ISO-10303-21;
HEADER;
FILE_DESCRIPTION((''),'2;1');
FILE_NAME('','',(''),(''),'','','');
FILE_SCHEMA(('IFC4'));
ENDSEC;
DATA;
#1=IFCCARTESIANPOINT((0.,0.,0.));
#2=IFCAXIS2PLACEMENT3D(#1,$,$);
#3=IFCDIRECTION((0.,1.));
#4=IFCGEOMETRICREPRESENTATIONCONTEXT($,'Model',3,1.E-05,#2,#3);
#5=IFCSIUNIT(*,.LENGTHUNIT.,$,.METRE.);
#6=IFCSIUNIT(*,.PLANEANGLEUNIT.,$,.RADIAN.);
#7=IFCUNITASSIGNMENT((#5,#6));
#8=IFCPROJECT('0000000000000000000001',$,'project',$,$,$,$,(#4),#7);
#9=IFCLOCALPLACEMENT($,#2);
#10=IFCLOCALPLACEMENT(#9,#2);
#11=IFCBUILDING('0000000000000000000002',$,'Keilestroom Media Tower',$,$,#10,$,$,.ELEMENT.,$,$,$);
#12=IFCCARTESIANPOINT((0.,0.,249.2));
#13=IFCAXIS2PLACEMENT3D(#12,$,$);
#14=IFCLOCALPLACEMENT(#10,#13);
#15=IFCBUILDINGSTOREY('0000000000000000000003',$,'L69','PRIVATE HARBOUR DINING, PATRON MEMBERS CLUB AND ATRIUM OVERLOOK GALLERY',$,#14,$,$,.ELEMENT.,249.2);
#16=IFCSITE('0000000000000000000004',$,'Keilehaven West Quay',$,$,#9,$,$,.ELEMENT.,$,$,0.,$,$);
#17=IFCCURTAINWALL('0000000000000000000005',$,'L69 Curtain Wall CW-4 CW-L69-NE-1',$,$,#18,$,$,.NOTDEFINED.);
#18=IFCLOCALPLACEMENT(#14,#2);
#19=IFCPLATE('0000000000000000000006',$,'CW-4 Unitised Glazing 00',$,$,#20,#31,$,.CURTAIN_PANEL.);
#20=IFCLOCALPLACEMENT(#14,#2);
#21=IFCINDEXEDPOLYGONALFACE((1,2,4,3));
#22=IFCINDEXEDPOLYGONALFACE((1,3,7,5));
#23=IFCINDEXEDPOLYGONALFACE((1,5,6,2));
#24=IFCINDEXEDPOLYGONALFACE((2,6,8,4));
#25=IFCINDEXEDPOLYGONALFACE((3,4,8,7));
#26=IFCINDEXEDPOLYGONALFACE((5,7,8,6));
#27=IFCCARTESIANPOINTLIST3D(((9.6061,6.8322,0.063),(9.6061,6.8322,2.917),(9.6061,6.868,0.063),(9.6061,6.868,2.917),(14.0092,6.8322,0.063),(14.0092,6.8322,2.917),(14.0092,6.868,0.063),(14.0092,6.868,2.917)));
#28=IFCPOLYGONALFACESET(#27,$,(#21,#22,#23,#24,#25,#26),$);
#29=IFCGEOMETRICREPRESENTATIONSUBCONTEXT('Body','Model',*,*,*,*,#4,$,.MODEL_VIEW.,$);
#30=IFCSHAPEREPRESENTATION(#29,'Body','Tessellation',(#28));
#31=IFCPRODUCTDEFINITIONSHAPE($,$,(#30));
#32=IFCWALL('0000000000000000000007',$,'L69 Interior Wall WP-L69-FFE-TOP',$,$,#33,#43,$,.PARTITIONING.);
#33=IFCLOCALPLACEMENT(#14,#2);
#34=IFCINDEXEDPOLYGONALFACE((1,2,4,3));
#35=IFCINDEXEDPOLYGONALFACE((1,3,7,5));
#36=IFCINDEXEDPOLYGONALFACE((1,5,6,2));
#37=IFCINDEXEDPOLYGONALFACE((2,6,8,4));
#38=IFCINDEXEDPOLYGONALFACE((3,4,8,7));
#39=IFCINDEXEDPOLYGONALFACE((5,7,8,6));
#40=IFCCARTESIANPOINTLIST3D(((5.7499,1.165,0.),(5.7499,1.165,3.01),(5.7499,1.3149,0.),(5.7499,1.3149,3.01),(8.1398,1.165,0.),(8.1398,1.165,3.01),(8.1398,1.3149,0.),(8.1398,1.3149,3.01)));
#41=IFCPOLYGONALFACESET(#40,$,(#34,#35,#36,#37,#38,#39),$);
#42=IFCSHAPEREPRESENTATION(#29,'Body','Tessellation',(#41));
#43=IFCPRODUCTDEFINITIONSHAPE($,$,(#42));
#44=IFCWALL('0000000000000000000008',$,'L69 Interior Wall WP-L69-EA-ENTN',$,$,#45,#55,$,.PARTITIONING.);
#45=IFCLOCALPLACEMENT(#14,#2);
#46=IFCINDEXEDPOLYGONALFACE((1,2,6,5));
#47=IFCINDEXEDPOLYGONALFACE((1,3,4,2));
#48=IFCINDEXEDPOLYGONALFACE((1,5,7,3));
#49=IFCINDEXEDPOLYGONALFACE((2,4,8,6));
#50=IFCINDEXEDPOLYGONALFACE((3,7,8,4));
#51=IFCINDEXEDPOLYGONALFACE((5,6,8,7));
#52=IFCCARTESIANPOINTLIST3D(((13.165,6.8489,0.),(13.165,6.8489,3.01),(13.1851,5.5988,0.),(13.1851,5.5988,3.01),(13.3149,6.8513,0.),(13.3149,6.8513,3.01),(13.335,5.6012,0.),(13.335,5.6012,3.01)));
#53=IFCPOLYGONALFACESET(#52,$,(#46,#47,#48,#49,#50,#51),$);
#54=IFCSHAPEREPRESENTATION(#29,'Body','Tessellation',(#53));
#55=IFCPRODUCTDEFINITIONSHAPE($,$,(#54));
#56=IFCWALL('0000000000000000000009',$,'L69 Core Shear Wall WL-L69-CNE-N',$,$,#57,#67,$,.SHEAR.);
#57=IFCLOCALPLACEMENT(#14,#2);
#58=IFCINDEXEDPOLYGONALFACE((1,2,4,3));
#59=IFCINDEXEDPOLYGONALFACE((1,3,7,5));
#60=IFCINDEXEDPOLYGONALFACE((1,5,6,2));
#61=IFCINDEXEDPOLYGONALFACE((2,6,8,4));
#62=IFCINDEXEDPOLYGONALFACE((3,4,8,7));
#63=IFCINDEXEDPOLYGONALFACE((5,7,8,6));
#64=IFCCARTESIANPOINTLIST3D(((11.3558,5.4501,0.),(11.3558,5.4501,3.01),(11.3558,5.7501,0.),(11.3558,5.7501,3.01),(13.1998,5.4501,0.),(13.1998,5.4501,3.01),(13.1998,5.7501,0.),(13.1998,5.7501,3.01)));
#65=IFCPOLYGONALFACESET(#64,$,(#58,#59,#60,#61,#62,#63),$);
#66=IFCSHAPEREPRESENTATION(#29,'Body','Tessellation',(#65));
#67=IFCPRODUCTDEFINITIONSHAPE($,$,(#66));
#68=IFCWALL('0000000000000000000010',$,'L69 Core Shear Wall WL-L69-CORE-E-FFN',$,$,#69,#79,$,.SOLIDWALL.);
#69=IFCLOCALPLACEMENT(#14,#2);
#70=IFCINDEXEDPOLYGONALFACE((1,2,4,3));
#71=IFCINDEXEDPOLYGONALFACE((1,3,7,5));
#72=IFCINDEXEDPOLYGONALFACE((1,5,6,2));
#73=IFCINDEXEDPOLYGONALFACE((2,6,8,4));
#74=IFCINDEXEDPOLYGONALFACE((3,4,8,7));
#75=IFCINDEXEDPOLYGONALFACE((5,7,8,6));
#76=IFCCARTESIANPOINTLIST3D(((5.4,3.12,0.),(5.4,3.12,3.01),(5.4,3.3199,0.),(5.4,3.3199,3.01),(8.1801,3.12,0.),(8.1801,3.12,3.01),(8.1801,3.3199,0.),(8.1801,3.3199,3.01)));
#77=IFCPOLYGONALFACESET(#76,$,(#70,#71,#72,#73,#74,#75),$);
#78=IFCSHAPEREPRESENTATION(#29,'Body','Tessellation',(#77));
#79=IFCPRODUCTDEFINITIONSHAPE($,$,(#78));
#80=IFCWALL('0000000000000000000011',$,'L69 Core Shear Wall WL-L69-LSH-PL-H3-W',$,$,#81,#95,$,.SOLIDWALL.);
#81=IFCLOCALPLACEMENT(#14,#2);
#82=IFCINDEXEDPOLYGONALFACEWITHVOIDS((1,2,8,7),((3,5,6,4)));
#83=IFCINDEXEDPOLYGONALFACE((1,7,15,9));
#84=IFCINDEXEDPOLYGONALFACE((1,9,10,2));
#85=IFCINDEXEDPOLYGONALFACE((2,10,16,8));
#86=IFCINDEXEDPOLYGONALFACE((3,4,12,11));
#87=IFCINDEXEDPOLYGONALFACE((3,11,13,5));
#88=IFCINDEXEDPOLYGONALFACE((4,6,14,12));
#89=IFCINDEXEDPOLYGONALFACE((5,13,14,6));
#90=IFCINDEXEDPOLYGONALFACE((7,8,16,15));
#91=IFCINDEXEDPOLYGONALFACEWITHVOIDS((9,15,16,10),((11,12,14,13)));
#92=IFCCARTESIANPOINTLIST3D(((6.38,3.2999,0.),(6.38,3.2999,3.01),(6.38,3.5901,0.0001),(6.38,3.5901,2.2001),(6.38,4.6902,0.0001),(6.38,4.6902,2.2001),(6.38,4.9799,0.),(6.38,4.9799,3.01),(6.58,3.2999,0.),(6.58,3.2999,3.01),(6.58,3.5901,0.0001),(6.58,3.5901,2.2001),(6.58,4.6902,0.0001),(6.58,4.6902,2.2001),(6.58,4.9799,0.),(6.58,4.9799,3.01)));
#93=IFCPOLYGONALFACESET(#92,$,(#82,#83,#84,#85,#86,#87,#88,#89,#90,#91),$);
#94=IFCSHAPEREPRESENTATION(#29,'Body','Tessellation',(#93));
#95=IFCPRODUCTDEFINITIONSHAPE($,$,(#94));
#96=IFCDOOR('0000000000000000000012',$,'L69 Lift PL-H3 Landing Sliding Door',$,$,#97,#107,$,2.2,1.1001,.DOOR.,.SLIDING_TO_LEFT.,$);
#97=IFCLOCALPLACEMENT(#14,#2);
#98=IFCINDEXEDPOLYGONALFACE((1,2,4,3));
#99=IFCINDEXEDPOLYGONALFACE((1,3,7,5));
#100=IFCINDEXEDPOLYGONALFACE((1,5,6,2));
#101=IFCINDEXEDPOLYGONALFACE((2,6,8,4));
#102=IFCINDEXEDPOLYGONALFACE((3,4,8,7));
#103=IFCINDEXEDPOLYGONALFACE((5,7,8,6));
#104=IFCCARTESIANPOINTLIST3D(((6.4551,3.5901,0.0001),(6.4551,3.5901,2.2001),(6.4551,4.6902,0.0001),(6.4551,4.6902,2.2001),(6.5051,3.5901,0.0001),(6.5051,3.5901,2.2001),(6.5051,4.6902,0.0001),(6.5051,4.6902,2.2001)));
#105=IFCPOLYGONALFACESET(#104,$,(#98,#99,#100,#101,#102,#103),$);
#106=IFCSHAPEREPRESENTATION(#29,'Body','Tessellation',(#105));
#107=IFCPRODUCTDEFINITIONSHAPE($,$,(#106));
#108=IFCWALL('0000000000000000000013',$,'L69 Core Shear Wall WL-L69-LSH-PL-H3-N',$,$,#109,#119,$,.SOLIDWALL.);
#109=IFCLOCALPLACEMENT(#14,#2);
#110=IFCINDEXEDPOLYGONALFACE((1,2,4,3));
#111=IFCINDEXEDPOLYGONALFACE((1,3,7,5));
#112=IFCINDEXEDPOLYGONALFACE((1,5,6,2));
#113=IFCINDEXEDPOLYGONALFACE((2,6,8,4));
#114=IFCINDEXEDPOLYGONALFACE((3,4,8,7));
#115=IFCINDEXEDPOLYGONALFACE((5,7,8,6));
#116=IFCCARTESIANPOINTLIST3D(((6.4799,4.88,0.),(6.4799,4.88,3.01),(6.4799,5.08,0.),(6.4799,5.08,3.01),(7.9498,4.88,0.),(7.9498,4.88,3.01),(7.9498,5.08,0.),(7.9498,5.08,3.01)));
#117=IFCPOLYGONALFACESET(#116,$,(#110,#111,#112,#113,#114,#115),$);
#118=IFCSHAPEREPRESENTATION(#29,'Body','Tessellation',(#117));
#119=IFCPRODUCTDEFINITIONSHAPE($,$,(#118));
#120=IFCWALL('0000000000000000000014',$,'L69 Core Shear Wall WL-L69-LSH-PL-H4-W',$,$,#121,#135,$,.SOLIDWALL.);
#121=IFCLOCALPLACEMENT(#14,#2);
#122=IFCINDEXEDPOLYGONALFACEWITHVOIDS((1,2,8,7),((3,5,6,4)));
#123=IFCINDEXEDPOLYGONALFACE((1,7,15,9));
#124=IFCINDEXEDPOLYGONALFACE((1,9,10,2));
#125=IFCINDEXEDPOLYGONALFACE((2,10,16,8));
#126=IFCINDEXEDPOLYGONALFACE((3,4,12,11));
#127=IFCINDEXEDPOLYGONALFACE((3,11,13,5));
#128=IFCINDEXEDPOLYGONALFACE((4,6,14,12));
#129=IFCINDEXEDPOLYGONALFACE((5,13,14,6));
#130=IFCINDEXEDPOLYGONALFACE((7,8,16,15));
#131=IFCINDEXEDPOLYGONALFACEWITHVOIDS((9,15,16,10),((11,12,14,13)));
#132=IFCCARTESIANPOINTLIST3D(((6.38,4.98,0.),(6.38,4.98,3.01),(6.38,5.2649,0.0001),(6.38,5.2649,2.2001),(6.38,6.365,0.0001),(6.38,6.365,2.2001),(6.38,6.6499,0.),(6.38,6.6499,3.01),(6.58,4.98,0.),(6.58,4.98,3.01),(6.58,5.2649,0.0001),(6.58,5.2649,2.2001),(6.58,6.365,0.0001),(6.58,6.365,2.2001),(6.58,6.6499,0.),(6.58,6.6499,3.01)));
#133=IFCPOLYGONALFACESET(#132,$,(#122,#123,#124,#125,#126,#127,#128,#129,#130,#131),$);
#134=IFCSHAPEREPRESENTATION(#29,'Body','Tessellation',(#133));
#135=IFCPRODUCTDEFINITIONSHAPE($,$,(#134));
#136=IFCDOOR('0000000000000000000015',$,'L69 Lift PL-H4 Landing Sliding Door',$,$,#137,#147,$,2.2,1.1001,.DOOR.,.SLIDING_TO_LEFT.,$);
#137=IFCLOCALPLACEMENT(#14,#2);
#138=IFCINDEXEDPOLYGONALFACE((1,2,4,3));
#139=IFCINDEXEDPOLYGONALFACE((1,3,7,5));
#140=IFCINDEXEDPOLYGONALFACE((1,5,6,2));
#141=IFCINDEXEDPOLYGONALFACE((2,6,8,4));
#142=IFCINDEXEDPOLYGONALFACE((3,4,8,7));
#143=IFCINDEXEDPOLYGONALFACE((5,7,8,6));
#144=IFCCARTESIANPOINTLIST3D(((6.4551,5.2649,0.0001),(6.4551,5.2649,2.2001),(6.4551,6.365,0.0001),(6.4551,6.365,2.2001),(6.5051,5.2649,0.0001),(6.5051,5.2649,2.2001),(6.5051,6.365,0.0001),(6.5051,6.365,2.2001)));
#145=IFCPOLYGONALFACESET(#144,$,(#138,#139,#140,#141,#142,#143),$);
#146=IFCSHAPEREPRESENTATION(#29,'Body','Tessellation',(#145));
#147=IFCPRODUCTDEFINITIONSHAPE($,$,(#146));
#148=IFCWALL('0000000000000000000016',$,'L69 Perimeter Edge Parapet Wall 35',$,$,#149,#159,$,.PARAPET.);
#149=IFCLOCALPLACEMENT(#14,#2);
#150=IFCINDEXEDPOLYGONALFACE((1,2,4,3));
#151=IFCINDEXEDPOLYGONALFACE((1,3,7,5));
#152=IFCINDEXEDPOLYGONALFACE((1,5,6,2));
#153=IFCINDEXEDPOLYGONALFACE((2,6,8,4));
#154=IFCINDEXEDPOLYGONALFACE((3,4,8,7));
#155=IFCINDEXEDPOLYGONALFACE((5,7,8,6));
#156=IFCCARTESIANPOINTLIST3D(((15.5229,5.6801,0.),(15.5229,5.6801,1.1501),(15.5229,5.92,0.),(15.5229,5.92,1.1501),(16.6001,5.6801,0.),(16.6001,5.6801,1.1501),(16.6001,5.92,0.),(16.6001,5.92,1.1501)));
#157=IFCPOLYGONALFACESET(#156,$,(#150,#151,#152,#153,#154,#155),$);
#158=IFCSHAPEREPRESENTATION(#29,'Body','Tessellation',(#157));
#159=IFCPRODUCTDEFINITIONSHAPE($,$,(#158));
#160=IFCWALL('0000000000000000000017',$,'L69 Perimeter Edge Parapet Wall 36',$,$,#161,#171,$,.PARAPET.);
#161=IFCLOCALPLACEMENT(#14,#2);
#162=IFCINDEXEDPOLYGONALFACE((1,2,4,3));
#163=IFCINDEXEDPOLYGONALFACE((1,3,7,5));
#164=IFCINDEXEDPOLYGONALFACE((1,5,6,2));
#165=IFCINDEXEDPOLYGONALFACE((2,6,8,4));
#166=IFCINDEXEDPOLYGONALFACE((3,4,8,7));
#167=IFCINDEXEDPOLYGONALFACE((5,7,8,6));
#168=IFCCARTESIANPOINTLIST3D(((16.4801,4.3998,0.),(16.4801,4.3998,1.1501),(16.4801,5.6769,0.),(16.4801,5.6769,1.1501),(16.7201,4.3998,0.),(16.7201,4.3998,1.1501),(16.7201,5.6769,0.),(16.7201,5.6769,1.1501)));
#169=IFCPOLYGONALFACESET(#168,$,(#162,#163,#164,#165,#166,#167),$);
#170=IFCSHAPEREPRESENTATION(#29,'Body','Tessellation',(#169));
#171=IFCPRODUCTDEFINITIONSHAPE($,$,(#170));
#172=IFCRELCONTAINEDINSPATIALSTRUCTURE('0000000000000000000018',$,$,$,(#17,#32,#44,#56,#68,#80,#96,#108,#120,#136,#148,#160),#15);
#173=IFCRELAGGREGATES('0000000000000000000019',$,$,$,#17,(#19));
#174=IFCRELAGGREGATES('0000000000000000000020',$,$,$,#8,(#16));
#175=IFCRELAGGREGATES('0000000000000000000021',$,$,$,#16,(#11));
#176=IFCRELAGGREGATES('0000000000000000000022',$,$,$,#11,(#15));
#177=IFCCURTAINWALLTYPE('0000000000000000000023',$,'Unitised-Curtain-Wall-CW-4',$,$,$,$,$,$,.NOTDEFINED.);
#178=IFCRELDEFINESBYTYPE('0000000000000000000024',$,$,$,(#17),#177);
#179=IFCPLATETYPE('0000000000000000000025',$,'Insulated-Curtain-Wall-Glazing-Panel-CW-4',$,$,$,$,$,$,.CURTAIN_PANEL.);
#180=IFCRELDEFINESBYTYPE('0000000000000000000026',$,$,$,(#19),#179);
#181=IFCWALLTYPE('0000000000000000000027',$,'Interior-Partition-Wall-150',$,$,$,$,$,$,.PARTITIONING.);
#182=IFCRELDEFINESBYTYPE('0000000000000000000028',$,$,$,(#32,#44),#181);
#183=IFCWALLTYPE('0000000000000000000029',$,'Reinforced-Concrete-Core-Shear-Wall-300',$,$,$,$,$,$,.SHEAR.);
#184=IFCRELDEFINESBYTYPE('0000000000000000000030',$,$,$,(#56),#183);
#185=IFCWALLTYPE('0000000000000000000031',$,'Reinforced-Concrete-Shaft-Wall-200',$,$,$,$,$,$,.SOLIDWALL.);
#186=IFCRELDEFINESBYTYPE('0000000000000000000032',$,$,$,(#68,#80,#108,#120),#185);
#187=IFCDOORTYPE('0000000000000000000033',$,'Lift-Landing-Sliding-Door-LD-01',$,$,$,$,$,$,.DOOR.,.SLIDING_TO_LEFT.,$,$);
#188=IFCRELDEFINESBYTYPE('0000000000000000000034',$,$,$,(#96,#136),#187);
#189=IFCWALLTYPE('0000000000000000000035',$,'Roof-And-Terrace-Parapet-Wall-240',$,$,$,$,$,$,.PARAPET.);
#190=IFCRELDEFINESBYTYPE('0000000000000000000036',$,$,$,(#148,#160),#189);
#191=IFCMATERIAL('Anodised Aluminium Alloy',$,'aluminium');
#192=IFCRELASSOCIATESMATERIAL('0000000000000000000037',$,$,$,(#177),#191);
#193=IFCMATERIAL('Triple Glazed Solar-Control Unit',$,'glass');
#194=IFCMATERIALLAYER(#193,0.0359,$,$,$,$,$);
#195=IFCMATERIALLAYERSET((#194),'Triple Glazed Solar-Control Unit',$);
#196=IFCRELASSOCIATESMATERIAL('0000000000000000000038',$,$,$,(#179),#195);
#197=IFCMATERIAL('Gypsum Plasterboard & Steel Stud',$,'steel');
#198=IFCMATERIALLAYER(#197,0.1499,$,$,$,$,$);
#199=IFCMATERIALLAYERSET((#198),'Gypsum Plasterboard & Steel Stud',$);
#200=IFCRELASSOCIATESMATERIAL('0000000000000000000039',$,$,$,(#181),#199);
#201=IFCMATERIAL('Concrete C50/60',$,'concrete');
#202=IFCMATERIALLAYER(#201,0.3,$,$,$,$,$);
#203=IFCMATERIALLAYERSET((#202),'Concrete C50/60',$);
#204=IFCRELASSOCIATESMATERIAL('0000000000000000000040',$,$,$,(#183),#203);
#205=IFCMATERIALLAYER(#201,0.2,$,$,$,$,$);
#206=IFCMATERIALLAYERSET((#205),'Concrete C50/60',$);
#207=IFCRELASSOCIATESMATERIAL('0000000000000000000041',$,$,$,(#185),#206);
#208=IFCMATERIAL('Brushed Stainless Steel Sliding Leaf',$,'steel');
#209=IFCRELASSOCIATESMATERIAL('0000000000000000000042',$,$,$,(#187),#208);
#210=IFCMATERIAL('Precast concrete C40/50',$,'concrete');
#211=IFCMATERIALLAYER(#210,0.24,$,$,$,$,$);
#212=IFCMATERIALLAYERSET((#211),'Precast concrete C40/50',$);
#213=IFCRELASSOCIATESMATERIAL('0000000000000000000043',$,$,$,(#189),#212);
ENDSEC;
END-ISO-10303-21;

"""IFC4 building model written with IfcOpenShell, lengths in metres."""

from ifc_helpers import new_model, si_unit, direction, frame, frame_2d, origin, origin_2d, place, context, subcontext, project, spatial, rectangle, extrude, source, transform, mapped, material, layer, layer_set, type_object, element, fill, aggregate, save


model = new_model("IFC4")

# Units and contexts
model_context = context("Model", 3, precision=1e-05, world=origin(), true_north=direction((0.0, 1.0)))
body_context = subcontext(model_context, "Body", "Model", "MODEL_VIEW")
ifc_project = project(units=[si_unit("LENGTHUNIT", "METRE"), si_unit("PLANEANGLEUNIT", "RADIAN")], contexts=[model_context])

# Site, building, storey
site_placement = place(None, origin())
site = spatial("IfcSite", under=ifc_project, at=site_placement, Name="Keilehaven West Quay", CompositionType="ELEMENT", RefElevation=0.0)
building_placement = place(site_placement, origin())
building = spatial("IfcBuilding", under=site, at=building_placement, Name="Keilestroom Media Tower", CompositionType="ELEMENT")
storey_placement = place(building_placement, frame((0.0, 0.0, 249.2)))
storey = spatial("IfcBuildingStorey", under=building, at=storey_placement, Name="L69", Description="PRIVATE HARBOUR DINING, PATRON MEMBERS CLUB AND ATRIUM OVERLOOK GALLERY", CompositionType="ELEMENT", Elevation=249.2)

# Shared definitions
ifc_material_1 = material(Name="Precast concrete C40/50", Category="concrete")

# Shared definitions
ifc_material_2 = material(Name="Anodised Aluminium Alloy", Category="aluminium")
curtain_wall_type = type_object("IfcCurtainWallType", Name="Unitised-Curtain-Wall-CW-4", PredefinedType="NOTDEFINED", material=ifc_material_2)

# Curtain wall
curtain_wall_1_placement = place(storey_placement, origin())
curtain_wall_1 = element("IfcCurtainWall", 1, at=curtain_wall_1_placement, inside=storey, type_object=curtain_wall_type, Name="L69 Curtain Wall CW-4 CW-L69-NE-1", PredefinedType="NOTDEFINED")

# Plate
ifc_material_3 = material(Name="Triple Glazed Solar-Control Unit", Category="glass")
ifc_layer_1 = layer(ifc_material_3, 0.0359)
ifc_layer_set_1 = layer_set([ifc_layer_1], Name="Triple Glazed Solar-Control Unit")
plate_type = type_object("IfcPlateType", Name="Insulated-Curtain-Wall-Glazing-Panel-CW-4", PredefinedType="CURTAIN_PANEL", material=ifc_layer_set_1)
shared_shape_1 = source(origin(), body_context, "Body", "SweptSolid", [
    extrude(rectangle(XDim=4.4031, YDim=0.0359, at=origin_2d()), origin(), (0.0, 0.0, 1.0), 2.854),
])
plate_1_placement = place(storey_placement, frame((11.8076, 6.8501, 0.063), z_axis=(0.0, 0.0, 1.0), x_axis=(1.0, 0.0, 0.0)))
plate_1 = element("IfcPlate", 2, at=plate_1_placement, type_object=plate_type, Name="CW-4 Unitised Glazing 00", PredefinedType="CURTAIN_PANEL", context=body_context, shape_type="MappedRepresentation", body=[
    mapped(shared_shape_1, transform((0.0, 0.0, 0.0), x_axis=(1.0, 0.0, 0.0), y_axis=(0.0, 1.0, 0.0), z_axis=(0.0, 0.0, 1.0), scale=1.0)),
])
aggregate(curtain_wall_1, [plate_1])

# Walls
ifc_material_4 = material(Name="Gypsum Plasterboard & Steel Stud", Category="steel")
ifc_layer_2 = layer(ifc_material_4, 0.1499)
ifc_layer_set_2 = layer_set([ifc_layer_2], Name="Gypsum Plasterboard & Steel Stud")
wall_type_1 = type_object("IfcWallType", Name="Interior-Partition-Wall-150", PredefinedType="PARTITIONING", material=ifc_layer_set_2)
wall_1_placement = place(storey_placement, frame((5.75, 1.24, 0.0), z_axis=(0.0, 0.0, 1.0), x_axis=(1.0, 0.0, 0.0)))
element("IfcWall", 3, at=wall_1_placement, inside=storey, type_object=wall_type_1, Name="L69 Interior Wall WP-L69-FFE-TOP", PredefinedType="PARTITIONING", context=body_context, shape_type="SweptSolid", body=[
    extrude(rectangle(XDim=2.3899, YDim=0.1499, at=frame_2d((1.1948, 0.0))), origin(), (0.0, 0.0, 1.0), 3.01),
])
wall_2_placement = place(storey_placement, frame((13.26, 5.6001, 0.0), z_axis=(0.0, 0.0, 1.0), x_axis=(-0.016014, 0.999872, 0.0)))
element("IfcWall", 4, at=wall_2_placement, inside=storey, type_object=wall_type_1, Name="L69 Interior Wall WP-L69-EA-ENTN", PredefinedType="PARTITIONING", context=body_context, shape_type="SweptSolid", body=[
    extrude(rectangle(XDim=1.2502, YDim=0.1499, at=frame_2d((0.625, 0.0))), origin(), (0.0, 0.0, 1.0), 3.01),
])
ifc_material_5 = material(Name="Concrete C50/60", Category="concrete")
ifc_layer_3 = layer(ifc_material_5, 0.3)
ifc_layer_set_3 = layer_set([ifc_layer_3], Name="Concrete C50/60")
wall_type_2 = type_object("IfcWallType", Name="Reinforced-Concrete-Core-Shear-Wall-300", PredefinedType="SHEAR", material=ifc_layer_set_3)
wall_3_placement = place(storey_placement, frame((11.356, 5.6001, 0.0), z_axis=(0.0, 0.0, 1.0), x_axis=(1.0, 0.0, 0.0)))
element("IfcWall", 5, at=wall_3_placement, inside=storey, type_object=wall_type_2, Name="L69 Core Shear Wall WL-L69-CNE-N", PredefinedType="SHEAR", context=body_context, shape_type="SweptSolid", body=[
    extrude(rectangle(XDim=1.844, YDim=0.3, at=frame_2d((0.9219, 0.0))), origin(), (0.0, 0.0, 1.0), 3.01),
])
ifc_layer_4 = layer(ifc_material_5, 0.2)
ifc_layer_set_4 = layer_set([ifc_layer_4], Name="Concrete C50/60")
wall_type_3 = type_object("IfcWallType", Name="Reinforced-Concrete-Shaft-Wall-200", PredefinedType="SOLIDWALL", material=ifc_layer_set_4)
wall_4_placement = place(storey_placement, frame((5.3999, 3.22, 0.0), z_axis=(0.0, 0.0, 1.0), x_axis=(1.0, 0.0, 0.0)))
element("IfcWall", 6, at=wall_4_placement, inside=storey, type_object=wall_type_3, Name="L69 Core Shear Wall WL-L69-CORE-E-FFN", PredefinedType="SOLIDWALL", context=body_context, shape_type="SweptSolid", body=[
    extrude(rectangle(XDim=2.78, YDim=0.2, at=frame_2d((1.3901, 0.0))), origin(), (0.0, 0.0, 1.0), 3.01),
])

# Wall, opening, door
wall_5_placement = place(storey_placement, frame((6.48, 3.3, 0.0), z_axis=(0.0, 0.0, 1.0), x_axis=(0.0, 1.0, 0.0)))
wall_5 = element("IfcWall", 7, at=wall_5_placement, inside=storey, type_object=wall_type_3, Name="L69 Core Shear Wall WL-L69-LSH-PL-H3-W", PredefinedType="SOLIDWALL", context=body_context, shape_type="SweptSolid", body=[
    extrude(rectangle(XDim=1.6799, YDim=0.2, at=frame_2d((0.8398, 0.0))), origin(), (0.0, 0.0, 1.0), 3.01),
])
opening_1_placement = place(wall_5_placement, frame((0.29, 0.0, 0.0)))
opening_1 = element("IfcOpeningElement", 8, at=opening_1_placement, cuts=wall_5, PredefinedType="OPENING", context=body_context, shape_type="SweptSolid", body=[
    extrude(rectangle(XDim=1.1001, YDim=2.2, at=frame_2d((0.55, 1.1001))), frame((0.0, 0.1099, 0.0), z_axis=(0.0, -1.0, 0.0), x_axis=(1.0, 0.0, 0.0)), (0.0, 0.0, 1.0), 0.22),
])
ifc_material_6 = material(Name="Brushed Stainless Steel Sliding Leaf", Category="steel")
door_type = type_object("IfcDoorType", Name="Lift-Landing-Sliding-Door-LD-01", OperationType="SLIDING_TO_LEFT", PredefinedType="DOOR", material=ifc_material_6)
shared_shape_2 = source(origin(), body_context, "Body", "SweptSolid", [
    extrude(rectangle(XDim=1.1001, YDim=2.2, at=frame_2d((0.55, 1.1001))), frame((0.0, 0.0249, 0.0), z_axis=(0.0, -1.0, 0.0), x_axis=(1.0, 0.0, 0.0)), (0.0, 0.0, 1.0), 0.05),
])
door_1_placement = place(opening_1_placement, origin())
door_1 = element("IfcDoor", 9, at=door_1_placement, inside=storey, type_object=door_type, Name="L69 Lift PL-H3 Landing Sliding Door", OperationType="SLIDING_TO_LEFT", OverallHeight=2.2, OverallWidth=1.1001, PredefinedType="DOOR", context=body_context, shape_type="MappedRepresentation", body=[
    mapped(shared_shape_2, transform((0.0, 0.0, 0.0), x_axis=(1.0, 0.0, 0.0), y_axis=(0.0, 1.0, 0.0), z_axis=(0.0, 0.0, 1.0), scale=1.0)),
])
fill(opening_1, door_1)

# Wall
wall_6_placement = place(storey_placement, frame((6.48, 4.98, 0.0), z_axis=(0.0, 0.0, 1.0), x_axis=(1.0, 0.0, 0.0)))
element("IfcWall", 10, at=wall_6_placement, inside=storey, type_object=wall_type_3, Name="L69 Core Shear Wall WL-L69-LSH-PL-H3-N", PredefinedType="SOLIDWALL", context=body_context, shape_type="SweptSolid", body=[
    extrude(rectangle(XDim=1.47, YDim=0.2, at=frame_2d((0.7349, 0.0))), origin(), (0.0, 0.0, 1.0), 3.01),
])

# Wall, opening, door
wall_7_placement = place(storey_placement, frame((6.48, 4.98, 0.0), z_axis=(0.0, 0.0, 1.0), x_axis=(0.0, 1.0, 0.0)))
wall_7 = element("IfcWall", 11, at=wall_7_placement, inside=storey, type_object=wall_type_3, Name="L69 Core Shear Wall WL-L69-LSH-PL-H4-W", PredefinedType="SOLIDWALL", context=body_context, shape_type="SweptSolid", body=[
    extrude(rectangle(XDim=1.6699, YDim=0.2, at=frame_2d((0.835, 0.0))), origin(), (0.0, 0.0, 1.0), 3.01),
])
opening_2_placement = place(wall_7_placement, frame((0.2849, 0.0, 0.0)))
opening_2 = element("IfcOpeningElement", 12, at=opening_2_placement, cuts=wall_7, PredefinedType="OPENING", context=body_context, shape_type="SweptSolid", body=[
    extrude(rectangle(XDim=1.1001, YDim=2.2, at=frame_2d((0.55, 1.1001))), frame((0.0, 0.1099, 0.0), z_axis=(0.0, -1.0, 0.0), x_axis=(1.0, 0.0, 0.0)), (0.0, 0.0, 1.0), 0.22),
])
door_2_placement = place(opening_2_placement, origin())
door_2 = element("IfcDoor", 13, at=door_2_placement, inside=storey, type_object=door_type, Name="L69 Lift PL-H4 Landing Sliding Door", OperationType="SLIDING_TO_LEFT", OverallHeight=2.2, OverallWidth=1.1001, PredefinedType="DOOR", context=body_context, shape_type="MappedRepresentation", body=[
    mapped(shared_shape_2, transform((0.0, 0.0, 0.0), x_axis=(1.0, 0.0, 0.0), y_axis=(0.0, 1.0, 0.0), z_axis=(0.0, 0.0, 1.0), scale=1.0)),
])
fill(opening_2, door_2)

# Walls
ifc_layer_5 = layer(ifc_material_1, 0.24)
ifc_layer_set_5 = layer_set([ifc_layer_5], Name="Precast concrete C40/50")
wall_type_4 = type_object("IfcWallType", Name="Roof-And-Terrace-Parapet-Wall-240", PredefinedType="PARAPET", material=ifc_layer_set_5)
wall_8_placement = place(storey_placement, frame((15.5229, 5.8, 0.0), z_axis=(0.0, 0.0, 1.0), x_axis=(1.0, 0.0, 0.0)))
element("IfcWall", 14, at=wall_8_placement, inside=storey, type_object=wall_type_4, Name="L69 Perimeter Edge Parapet Wall 35", PredefinedType="PARAPET", context=body_context, shape_type="SweptSolid", body=[
    extrude(rectangle(XDim=1.0771, YDim=0.24, at=frame_2d((0.5386, 0.0))), origin(), (0.0, 0.0, 1.0), 1.1501),
])
wall_9_placement = place(storey_placement, frame((16.6001, 5.677, 0.0), z_axis=(0.0, 0.0, 1.0), x_axis=(0.0, -1.0, 0.0)))
element("IfcWall", 15, at=wall_9_placement, inside=storey, type_object=wall_type_4, Name="L69 Perimeter Edge Parapet Wall 36", PredefinedType="PARAPET", context=body_context, shape_type="SweptSolid", body=[
    extrude(rectangle(XDim=1.2771, YDim=0.24, at=frame_2d((0.6387, 0.0))), origin(), (0.0, 0.0, 1.0), 1.1501),
])

save(model, "model.ifc")
